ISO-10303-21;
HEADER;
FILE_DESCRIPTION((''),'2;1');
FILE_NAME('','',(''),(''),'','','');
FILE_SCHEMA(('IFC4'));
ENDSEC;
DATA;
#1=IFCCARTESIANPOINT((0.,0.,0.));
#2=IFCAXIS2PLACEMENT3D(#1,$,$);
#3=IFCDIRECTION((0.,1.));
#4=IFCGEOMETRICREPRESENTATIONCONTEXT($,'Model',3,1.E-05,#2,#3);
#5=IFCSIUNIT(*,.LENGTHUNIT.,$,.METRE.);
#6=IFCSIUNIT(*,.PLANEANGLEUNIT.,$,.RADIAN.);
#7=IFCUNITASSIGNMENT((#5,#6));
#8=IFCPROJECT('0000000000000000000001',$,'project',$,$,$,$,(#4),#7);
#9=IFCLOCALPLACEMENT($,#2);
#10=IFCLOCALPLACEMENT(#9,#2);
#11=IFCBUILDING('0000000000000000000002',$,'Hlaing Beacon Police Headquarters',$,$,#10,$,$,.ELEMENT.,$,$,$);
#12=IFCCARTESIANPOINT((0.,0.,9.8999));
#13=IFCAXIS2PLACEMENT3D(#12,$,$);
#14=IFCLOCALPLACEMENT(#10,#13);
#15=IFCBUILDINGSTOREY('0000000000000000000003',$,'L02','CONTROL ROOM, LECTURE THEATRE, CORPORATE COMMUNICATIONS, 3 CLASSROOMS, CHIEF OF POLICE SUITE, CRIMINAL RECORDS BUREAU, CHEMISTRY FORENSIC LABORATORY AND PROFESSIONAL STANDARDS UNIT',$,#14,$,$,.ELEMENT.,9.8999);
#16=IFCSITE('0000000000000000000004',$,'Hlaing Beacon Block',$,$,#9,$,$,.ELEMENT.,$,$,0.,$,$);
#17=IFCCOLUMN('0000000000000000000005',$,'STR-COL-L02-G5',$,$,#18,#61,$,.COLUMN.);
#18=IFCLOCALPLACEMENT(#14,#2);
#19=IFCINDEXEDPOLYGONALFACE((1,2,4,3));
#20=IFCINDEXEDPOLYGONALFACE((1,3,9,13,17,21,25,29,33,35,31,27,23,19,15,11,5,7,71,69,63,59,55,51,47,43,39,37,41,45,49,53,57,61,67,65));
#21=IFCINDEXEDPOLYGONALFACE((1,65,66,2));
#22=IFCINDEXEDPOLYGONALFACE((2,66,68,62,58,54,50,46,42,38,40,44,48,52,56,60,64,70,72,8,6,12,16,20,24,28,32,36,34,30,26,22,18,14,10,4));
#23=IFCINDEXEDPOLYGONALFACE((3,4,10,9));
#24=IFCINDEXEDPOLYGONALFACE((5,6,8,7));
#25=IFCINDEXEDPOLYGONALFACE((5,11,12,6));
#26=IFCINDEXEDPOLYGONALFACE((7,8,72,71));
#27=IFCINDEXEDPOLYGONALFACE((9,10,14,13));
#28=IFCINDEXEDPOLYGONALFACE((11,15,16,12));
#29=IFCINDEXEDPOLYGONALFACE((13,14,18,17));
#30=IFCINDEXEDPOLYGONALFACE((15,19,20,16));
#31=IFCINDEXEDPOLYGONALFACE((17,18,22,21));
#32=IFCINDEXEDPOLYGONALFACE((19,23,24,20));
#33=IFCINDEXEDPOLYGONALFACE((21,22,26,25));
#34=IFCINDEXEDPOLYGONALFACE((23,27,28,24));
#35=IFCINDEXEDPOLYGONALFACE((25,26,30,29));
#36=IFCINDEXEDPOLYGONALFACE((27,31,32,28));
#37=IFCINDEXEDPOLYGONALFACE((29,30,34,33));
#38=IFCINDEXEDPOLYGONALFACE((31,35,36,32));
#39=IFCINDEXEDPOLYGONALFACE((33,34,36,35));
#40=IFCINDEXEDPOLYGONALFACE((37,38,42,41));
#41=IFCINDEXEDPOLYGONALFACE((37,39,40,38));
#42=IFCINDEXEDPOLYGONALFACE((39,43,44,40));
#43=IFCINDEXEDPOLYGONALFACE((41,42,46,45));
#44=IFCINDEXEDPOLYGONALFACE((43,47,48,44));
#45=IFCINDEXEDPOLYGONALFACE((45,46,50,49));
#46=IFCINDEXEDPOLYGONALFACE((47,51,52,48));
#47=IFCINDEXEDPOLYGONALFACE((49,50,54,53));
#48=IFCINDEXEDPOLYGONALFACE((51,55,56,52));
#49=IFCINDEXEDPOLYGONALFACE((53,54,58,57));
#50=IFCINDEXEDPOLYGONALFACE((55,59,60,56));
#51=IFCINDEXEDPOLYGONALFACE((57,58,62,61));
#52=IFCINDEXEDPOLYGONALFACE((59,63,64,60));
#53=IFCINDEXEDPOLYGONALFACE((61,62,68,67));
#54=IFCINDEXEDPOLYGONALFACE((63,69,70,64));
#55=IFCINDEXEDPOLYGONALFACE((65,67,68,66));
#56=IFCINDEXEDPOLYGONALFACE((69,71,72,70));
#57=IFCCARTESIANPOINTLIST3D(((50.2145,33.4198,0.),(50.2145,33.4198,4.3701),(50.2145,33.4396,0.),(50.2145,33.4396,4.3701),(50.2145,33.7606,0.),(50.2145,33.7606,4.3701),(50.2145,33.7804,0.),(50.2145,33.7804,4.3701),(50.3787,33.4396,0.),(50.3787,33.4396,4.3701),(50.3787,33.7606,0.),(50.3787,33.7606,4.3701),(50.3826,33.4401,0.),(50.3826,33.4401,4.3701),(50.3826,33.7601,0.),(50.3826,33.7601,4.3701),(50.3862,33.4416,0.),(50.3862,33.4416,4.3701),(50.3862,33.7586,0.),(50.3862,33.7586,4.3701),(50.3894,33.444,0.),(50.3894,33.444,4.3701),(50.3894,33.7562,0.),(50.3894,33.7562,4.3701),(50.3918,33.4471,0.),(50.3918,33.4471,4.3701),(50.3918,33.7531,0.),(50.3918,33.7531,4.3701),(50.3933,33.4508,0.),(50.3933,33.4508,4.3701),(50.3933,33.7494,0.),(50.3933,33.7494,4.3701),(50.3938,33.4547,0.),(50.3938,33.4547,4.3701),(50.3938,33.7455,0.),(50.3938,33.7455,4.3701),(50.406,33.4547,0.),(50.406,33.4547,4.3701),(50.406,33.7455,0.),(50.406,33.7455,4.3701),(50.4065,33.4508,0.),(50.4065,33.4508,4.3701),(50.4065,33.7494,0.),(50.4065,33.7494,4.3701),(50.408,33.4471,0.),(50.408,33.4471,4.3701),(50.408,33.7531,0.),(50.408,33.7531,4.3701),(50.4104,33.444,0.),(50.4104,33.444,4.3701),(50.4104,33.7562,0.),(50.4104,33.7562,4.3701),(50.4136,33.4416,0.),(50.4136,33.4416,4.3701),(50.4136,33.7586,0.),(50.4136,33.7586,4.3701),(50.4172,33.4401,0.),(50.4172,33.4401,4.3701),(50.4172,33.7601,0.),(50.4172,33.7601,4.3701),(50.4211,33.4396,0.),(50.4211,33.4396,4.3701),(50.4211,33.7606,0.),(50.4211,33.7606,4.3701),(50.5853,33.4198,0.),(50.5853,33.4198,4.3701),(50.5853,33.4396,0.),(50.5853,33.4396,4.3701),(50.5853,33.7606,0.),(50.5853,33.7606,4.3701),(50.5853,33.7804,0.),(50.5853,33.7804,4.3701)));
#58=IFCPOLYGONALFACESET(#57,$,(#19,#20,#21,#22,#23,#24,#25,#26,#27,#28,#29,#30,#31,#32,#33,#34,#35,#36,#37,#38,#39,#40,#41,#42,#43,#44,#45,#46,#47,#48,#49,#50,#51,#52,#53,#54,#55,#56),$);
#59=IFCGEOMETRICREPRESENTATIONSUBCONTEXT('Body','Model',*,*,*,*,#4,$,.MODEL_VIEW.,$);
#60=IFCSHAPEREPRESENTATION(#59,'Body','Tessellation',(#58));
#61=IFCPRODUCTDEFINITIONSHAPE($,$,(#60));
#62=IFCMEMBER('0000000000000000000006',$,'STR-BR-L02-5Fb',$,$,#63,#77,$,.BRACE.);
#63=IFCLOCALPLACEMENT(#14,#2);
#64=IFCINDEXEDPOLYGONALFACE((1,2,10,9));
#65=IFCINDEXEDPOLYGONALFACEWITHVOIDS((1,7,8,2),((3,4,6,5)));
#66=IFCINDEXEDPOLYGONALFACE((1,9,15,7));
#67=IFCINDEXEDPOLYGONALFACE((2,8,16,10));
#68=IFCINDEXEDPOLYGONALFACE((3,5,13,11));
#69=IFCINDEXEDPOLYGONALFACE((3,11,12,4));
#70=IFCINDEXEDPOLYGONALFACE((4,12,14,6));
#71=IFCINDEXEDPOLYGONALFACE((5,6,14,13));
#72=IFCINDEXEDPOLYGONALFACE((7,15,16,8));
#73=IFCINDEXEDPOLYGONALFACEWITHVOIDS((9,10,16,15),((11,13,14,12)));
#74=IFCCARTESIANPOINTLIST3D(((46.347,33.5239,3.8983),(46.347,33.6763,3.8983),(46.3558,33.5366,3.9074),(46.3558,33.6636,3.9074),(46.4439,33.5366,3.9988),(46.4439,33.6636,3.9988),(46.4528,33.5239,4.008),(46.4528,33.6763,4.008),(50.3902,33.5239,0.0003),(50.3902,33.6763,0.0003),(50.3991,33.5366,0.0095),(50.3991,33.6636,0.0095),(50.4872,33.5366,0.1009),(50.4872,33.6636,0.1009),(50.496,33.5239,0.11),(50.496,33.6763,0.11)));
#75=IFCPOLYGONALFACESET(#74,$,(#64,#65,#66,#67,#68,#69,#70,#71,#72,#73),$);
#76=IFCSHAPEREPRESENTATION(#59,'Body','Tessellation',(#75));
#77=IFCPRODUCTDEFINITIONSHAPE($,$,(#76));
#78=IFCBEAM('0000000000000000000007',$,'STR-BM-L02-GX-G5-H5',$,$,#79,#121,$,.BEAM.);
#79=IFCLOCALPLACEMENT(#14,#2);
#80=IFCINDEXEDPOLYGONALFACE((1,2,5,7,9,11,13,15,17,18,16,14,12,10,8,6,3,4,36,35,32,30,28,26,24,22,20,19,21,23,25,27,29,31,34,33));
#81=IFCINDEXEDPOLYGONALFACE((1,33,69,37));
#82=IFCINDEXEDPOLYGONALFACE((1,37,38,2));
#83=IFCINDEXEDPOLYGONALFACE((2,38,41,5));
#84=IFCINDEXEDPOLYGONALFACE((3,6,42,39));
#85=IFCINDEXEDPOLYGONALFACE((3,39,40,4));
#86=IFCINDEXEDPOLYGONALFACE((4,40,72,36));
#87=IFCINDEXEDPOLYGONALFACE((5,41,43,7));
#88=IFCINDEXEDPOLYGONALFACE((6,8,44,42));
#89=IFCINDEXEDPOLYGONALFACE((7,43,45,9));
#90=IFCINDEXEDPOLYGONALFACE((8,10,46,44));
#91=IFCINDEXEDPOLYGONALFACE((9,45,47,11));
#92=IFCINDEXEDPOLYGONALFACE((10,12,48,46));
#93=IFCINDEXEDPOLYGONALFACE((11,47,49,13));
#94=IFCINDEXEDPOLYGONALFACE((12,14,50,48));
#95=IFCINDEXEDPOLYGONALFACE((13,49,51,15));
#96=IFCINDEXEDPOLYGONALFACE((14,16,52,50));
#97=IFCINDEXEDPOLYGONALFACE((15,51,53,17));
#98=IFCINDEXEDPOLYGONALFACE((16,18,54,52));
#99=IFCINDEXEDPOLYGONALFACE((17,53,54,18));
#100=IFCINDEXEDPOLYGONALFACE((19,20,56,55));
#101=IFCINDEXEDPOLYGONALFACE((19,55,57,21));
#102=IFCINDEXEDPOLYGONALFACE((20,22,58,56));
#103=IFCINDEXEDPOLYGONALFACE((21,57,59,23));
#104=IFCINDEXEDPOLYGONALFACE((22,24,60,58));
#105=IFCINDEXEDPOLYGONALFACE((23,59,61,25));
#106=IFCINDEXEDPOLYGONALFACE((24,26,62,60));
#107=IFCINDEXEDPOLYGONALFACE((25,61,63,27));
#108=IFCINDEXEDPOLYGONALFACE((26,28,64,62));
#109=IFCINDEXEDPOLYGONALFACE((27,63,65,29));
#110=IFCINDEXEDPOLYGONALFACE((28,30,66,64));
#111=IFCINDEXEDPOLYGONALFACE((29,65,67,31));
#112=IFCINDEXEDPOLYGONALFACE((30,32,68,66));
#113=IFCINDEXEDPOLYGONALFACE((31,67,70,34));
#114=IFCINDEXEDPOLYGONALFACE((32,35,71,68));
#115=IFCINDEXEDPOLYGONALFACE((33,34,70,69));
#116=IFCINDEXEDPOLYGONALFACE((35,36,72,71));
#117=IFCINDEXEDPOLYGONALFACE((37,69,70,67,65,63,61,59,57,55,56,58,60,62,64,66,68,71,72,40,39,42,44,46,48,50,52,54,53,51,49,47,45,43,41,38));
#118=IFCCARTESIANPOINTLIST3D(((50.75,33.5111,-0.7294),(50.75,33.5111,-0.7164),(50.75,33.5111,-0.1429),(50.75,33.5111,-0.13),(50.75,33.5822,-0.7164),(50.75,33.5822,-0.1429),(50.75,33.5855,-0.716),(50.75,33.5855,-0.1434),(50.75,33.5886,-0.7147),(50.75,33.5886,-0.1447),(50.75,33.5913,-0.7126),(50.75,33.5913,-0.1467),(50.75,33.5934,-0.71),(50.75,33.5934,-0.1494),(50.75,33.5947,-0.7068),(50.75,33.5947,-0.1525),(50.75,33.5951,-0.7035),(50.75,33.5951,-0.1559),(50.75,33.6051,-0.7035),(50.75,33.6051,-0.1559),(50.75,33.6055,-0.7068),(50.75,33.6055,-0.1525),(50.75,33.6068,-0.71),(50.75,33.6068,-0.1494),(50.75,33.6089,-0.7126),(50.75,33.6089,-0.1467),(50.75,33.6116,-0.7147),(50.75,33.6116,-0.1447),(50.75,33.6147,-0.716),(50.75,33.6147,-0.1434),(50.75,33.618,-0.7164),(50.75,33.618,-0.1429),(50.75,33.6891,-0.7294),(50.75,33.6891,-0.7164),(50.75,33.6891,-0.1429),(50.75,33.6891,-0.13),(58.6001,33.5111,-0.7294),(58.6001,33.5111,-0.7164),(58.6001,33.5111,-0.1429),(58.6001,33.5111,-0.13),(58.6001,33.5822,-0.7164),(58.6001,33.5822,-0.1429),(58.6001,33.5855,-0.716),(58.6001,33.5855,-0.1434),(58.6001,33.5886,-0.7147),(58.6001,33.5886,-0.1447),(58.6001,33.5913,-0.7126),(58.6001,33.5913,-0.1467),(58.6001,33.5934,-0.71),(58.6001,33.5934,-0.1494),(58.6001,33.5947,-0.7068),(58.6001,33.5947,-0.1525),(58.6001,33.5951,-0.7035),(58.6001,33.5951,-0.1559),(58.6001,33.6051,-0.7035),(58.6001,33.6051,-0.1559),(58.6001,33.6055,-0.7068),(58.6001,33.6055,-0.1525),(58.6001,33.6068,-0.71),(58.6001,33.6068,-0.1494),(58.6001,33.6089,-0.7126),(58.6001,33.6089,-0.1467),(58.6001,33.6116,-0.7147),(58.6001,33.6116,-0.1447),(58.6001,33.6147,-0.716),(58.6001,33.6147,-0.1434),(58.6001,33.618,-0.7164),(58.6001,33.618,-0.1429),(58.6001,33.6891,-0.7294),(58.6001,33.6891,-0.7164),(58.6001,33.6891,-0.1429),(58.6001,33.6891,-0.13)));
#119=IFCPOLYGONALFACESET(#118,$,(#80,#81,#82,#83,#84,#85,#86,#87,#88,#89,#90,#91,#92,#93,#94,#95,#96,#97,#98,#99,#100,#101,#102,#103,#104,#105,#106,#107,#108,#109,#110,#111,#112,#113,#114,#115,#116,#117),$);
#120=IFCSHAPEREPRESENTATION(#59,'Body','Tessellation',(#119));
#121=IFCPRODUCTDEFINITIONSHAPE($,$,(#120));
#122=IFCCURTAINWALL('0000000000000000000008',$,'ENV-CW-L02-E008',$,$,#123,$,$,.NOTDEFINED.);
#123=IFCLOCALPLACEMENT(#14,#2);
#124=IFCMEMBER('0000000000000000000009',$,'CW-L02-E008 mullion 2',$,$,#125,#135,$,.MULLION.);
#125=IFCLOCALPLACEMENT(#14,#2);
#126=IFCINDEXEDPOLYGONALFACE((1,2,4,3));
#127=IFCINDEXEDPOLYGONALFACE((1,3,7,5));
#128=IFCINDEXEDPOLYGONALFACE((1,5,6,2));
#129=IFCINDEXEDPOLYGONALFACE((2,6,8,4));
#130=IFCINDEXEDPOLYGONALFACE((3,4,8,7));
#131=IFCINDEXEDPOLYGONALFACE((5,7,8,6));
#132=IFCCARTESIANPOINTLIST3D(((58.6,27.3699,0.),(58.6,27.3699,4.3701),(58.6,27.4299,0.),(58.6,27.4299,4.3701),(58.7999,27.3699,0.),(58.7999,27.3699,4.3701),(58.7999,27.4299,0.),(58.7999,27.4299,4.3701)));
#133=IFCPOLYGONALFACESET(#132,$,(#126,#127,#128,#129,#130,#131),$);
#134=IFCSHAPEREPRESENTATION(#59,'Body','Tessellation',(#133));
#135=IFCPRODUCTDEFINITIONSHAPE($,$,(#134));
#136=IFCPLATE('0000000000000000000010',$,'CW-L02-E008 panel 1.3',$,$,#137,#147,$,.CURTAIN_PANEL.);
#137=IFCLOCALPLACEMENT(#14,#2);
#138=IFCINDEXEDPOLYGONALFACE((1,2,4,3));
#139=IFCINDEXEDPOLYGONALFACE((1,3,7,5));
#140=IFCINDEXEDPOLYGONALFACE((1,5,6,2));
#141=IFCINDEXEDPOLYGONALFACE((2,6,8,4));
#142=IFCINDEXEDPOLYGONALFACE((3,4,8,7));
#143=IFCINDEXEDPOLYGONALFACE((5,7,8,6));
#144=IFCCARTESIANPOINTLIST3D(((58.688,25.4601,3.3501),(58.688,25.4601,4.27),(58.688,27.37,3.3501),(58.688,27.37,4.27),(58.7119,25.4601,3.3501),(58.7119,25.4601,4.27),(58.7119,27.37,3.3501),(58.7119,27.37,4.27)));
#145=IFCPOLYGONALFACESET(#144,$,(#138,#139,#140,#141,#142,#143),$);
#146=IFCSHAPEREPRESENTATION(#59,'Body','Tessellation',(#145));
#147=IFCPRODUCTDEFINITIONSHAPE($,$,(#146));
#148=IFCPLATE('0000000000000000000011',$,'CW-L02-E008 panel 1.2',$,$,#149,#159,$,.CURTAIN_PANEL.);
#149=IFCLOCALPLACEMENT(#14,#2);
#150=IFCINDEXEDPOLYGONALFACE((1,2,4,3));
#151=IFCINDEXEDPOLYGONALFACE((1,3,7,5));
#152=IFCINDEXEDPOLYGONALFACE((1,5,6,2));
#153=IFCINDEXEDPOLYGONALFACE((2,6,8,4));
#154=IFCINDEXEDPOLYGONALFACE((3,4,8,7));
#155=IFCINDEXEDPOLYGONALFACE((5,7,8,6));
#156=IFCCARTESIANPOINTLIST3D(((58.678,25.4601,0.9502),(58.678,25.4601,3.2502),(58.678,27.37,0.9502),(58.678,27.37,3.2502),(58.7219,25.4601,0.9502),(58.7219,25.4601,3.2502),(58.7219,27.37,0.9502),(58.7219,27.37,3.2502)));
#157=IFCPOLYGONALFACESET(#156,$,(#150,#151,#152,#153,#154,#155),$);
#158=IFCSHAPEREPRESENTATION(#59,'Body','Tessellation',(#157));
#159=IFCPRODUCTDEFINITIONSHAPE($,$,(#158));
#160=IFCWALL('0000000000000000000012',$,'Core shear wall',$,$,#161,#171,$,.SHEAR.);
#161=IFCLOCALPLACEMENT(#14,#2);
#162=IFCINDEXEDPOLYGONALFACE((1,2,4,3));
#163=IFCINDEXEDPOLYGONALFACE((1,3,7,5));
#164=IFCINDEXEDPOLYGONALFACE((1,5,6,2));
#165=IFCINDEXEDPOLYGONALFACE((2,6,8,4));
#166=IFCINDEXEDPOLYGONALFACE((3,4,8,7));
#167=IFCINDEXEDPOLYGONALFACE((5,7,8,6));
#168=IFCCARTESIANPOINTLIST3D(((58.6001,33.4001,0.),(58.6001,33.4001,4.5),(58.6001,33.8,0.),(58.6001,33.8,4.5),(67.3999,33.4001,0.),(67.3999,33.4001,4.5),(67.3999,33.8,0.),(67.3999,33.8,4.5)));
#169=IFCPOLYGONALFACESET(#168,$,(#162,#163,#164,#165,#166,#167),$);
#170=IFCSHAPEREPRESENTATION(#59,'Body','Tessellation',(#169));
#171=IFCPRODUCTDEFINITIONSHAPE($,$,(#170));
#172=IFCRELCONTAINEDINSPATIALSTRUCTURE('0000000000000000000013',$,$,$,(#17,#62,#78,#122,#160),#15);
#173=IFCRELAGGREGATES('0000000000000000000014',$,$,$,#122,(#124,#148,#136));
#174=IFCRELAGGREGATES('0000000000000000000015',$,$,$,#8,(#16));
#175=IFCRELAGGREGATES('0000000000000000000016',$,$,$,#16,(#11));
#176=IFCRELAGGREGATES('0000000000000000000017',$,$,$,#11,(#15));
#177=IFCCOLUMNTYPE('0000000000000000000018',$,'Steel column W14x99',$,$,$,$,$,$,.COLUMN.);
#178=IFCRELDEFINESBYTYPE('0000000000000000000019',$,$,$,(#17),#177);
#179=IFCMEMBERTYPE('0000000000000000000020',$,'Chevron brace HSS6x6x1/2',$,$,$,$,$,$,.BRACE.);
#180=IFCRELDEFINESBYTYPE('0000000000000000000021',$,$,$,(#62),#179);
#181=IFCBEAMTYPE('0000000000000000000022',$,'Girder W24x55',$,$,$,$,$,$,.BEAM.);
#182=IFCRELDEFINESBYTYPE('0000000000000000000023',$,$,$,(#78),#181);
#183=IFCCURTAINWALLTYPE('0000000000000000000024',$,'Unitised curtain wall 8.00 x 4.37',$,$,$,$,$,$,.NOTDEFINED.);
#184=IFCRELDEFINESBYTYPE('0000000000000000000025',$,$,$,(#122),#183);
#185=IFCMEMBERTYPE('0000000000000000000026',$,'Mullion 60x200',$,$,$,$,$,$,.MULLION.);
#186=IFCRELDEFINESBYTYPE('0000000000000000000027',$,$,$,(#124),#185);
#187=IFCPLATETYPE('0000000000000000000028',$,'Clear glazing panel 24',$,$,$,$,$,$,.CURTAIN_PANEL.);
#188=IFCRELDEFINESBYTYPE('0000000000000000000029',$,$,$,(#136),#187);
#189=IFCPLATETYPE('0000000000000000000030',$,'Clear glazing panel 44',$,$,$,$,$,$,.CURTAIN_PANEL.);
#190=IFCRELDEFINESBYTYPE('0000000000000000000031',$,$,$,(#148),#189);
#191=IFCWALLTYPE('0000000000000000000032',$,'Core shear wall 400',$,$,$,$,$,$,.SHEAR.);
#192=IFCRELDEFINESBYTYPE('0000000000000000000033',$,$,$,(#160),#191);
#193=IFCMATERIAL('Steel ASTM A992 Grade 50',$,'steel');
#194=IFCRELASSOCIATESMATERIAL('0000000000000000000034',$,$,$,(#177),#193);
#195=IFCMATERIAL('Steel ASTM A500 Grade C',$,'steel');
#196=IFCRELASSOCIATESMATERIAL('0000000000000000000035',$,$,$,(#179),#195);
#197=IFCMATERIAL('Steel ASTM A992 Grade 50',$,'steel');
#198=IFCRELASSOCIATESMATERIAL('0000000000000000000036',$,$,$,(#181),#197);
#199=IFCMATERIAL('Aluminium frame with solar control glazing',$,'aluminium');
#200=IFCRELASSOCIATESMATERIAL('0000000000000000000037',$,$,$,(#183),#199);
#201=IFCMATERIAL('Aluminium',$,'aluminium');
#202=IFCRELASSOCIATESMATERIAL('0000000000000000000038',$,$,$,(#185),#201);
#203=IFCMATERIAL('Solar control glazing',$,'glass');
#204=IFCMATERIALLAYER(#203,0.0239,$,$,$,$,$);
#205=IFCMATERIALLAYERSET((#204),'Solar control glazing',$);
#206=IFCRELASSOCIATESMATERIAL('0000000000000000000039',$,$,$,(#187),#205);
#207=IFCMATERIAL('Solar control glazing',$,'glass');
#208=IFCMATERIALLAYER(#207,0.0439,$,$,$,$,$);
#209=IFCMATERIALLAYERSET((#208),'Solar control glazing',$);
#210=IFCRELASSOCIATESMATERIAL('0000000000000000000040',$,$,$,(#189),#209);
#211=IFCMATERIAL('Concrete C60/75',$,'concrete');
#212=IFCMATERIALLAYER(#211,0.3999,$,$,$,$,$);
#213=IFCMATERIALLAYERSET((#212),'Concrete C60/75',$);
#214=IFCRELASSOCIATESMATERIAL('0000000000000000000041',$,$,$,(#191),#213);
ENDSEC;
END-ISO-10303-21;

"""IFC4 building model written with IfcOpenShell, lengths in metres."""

from ifc_helpers import new_model, si_unit, direction, frame, frame_2d, origin, origin_2d, place, context, subcontext, project, spatial, rectangle, hollow_rectangle, i_section, extrude, material, layer, layer_set, material_profile, profile_set, type_object, element, aggregate, save


model = new_model("IFC4")

# Units and contexts
model_context = context("Model", 3, precision=1e-05, world=origin(), true_north=direction((0.0, 1.0)))
body_context = subcontext(model_context, "Body", "Model", "MODEL_VIEW")
ifc_project = project(units=[si_unit("LENGTHUNIT", "METRE"), si_unit("PLANEANGLEUNIT", "RADIAN")], contexts=[model_context])

# Site, building, storey
site_placement = place(None, origin())
site = spatial("IfcSite", under=ifc_project, at=site_placement, Name="Hlaing Beacon Block", CompositionType="ELEMENT", RefElevation=0.0)
building_placement = place(site_placement, origin())
building = spatial("IfcBuilding", under=site, at=building_placement, Name="Hlaing Beacon Police Headquarters", CompositionType="ELEMENT")
storey_placement = place(building_placement, frame((0.0, 0.0, 9.8999)))
storey = spatial("IfcBuildingStorey", under=building, at=storey_placement, Name="L02", Description="CONTROL ROOM, LECTURE THEATRE, CORPORATE COMMUNICATIONS, 3 CLASSROOMS, CHIEF OF POLICE SUITE, CRIMINAL RECORDS BUREAU, CHEMISTRY FORENSIC LABORATORY AND PROFESSIONAL STANDARDS UNIT", CompositionType="ELEMENT", Elevation=9.8999)

# Column
ifc_material_1 = material(Name="Steel ASTM A992 Grade 50", Category="steel")
ifc_material_profile_1 = material_profile(ifc_material_1, i_section(OverallWidth=0.3708, OverallDepth=0.3606, WebThickness=0.0122, FlangeThickness=0.0198, FilletRadius=0.0151, at=origin_2d()), Name="W14x99")
ifc_profile_set_1 = profile_set([ifc_material_profile_1], Name="Steel ASTM A992 Grade 50")
column_type = type_object("IfcColumnType", Name="Steel column W14x99", PredefinedType="COLUMN", material=ifc_profile_set_1)
column_placement = place(storey_placement, frame((50.3999, 33.6001, 0.0), z_axis=(0.0, 0.0, 1.0), x_axis=(1.0, 0.0, 0.0)))
element("IfcColumn", 1, at=column_placement, inside=storey, type_object=column_type, Name="STR-COL-L02-G5", PredefinedType="COLUMN", context=body_context, shape_type="SweptSolid", body=[
    extrude(i_section(OverallWidth=0.3708, OverallDepth=0.3606, WebThickness=0.0122, FlangeThickness=0.0198, FilletRadius=0.0151, at=origin_2d()), origin(), (0.0, 0.0, 1.0), 4.3701),
])

# Member
ifc_material_2 = material(Name="Steel ASTM A500 Grade C", Category="steel")
ifc_material_profile_2 = material_profile(ifc_material_2, hollow_rectangle(XDim=0.1523, YDim=0.1523, WallThickness=0.0127, at=origin_2d()), Name="HSS6x6x1/2")
ifc_profile_set_2 = profile_set([ifc_material_profile_2], Name="Steel ASTM A500 Grade C")
member_type_1 = type_object("IfcMemberType", Name="Chevron brace HSS6x6x1/2", PredefinedType="BRACE", material=ifc_profile_set_2)
member_1_placement = place(storey_placement, frame((50.4431, 33.6001, 0.0552), z_axis=(-0.719921, 0.0, 0.694056), x_axis=(0.0, -1.0, 0.0)))
element("IfcMember", 2, at=member_1_placement, inside=storey, type_object=member_type_1, Name="STR-BR-L02-5Fb", PredefinedType="BRACE", context=body_context, shape_type="SweptSolid", body=[
    extrude(hollow_rectangle(XDim=0.1523, YDim=0.1523, WallThickness=0.0127, at=origin_2d()), origin(), (0.0, 0.0, 1.0), 5.6162),
])

# Beam
ifc_material_3 = material(Name="Steel ASTM A992 Grade 50", Category="steel")
ifc_material_profile_3 = material_profile(ifc_material_3, i_section(OverallWidth=0.178, OverallDepth=0.5994, WebThickness=0.01, FlangeThickness=0.0129, FilletRadius=0.0129, at=origin_2d()), Name="W24x55")
ifc_profile_set_3 = profile_set([ifc_material_profile_3], Name="Steel ASTM A992 Grade 50")
beam_type = type_object("IfcBeamType", Name="Girder W24x55", PredefinedType="BEAM", material=ifc_profile_set_3)
beam_placement = place(storey_placement, frame((50.75, 33.6001, -0.4297), z_axis=(1.0, 0.0, 0.0), x_axis=(0.0, 1.0, 0.0)))
element("IfcBeam", 3, at=beam_placement, inside=storey, type_object=beam_type, Name="STR-BM-L02-GX-G5-H5", PredefinedType="BEAM", context=body_context, shape_type="SweptSolid", body=[
    extrude(i_section(OverallWidth=0.178, OverallDepth=0.5994, WebThickness=0.01, FlangeThickness=0.0129, FilletRadius=0.0129, at=origin_2d()), origin(), (0.0, 0.0, 1.0), 7.8501),
])

# Curtain wall, member, plates
ifc_material_4 = material(Name="Aluminium frame with solar control glazing", Category="aluminium")
curtain_wall_type = type_object("IfcCurtainWallType", Name="Unitised curtain wall 8.00 x 4.37", PredefinedType="NOTDEFINED", material=ifc_material_4)
curtain_wall_placement = place(storey_placement, origin())
curtain_wall = element("IfcCurtainWall", 4, at=curtain_wall_placement, inside=storey, type_object=curtain_wall_type, Name="ENV-CW-L02-E008", PredefinedType="NOTDEFINED")
ifc_material_5 = material(Name="Aluminium", Category="aluminium")
ifc_material_profile_4 = material_profile(ifc_material_5, rectangle(XDim=0.2, YDim=0.0601, at=origin_2d()), Name="Mullion 60x200")
ifc_profile_set_4 = profile_set([ifc_material_profile_4], Name="Aluminium")
member_type_2 = type_object("IfcMemberType", Name="Mullion 60x200", PredefinedType="MULLION", material=ifc_profile_set_4)
member_2_placement = place(storey_placement, frame((58.7, 27.3999, 0.0), z_axis=(0.0, 0.0, 1.0), x_axis=(-1.0, 0.0, 0.0)))
member_2 = element("IfcMember", 5, at=member_2_placement, type_object=member_type_2, Name="CW-L02-E008 mullion 2", PredefinedType="MULLION", context=body_context, shape_type="SweptSolid", body=[
    extrude(rectangle(XDim=0.2, YDim=0.0601, at=origin_2d()), origin(), (0.0, 0.0, 1.0), 4.3701),
])
ifc_material_6 = material(Name="Solar control glazing", Category="glass")
ifc_layer_1 = layer(ifc_material_6, 0.0239)
ifc_layer_set_1 = layer_set([ifc_layer_1], Name="Solar control glazing")
plate_type_1 = type_object("IfcPlateType", Name="Clear glazing panel 24", PredefinedType="CURTAIN_PANEL", material=ifc_layer_set_1)
plate_1_placement = place(storey_placement, frame((58.7, 26.415, 3.3501), z_axis=(0.0, 0.0, 1.0), x_axis=(0.0, 1.0, 0.0)))
plate_1 = element("IfcPlate", 6, at=plate_1_placement, type_object=plate_type_1, Name="CW-L02-E008 panel 1.3", PredefinedType="CURTAIN_PANEL", context=body_context, shape_type="SweptSolid", body=[
    extrude(rectangle(XDim=1.9099, YDim=0.0239, at=origin_2d()), origin(), (0.0, 0.0, 1.0), 0.9199),
])
ifc_material_7 = material(Name="Solar control glazing", Category="glass")
ifc_layer_2 = layer(ifc_material_7, 0.0439)
ifc_layer_set_2 = layer_set([ifc_layer_2], Name="Solar control glazing")
plate_type_2 = type_object("IfcPlateType", Name="Clear glazing panel 44", PredefinedType="CURTAIN_PANEL", material=ifc_layer_set_2)
plate_2_placement = place(storey_placement, frame((58.7, 26.415, 0.9502), z_axis=(0.0, 0.0, 1.0), x_axis=(0.0, 1.0, 0.0)))
plate_2 = element("IfcPlate", 7, at=plate_2_placement, type_object=plate_type_2, Name="CW-L02-E008 panel 1.2", PredefinedType="CURTAIN_PANEL", context=body_context, shape_type="SweptSolid", body=[
    extrude(rectangle(XDim=1.9099, YDim=0.0439, at=origin_2d()), origin(), (0.0, 0.0, 1.0), 2.3),
])
aggregate(curtain_wall, [member_2, plate_2, plate_1])

# Wall
ifc_material_8 = material(Name="Concrete C60/75", Category="concrete")
ifc_layer_3 = layer(ifc_material_8, 0.3999)
ifc_layer_set_3 = layer_set([ifc_layer_3], Name="Concrete C60/75")
wall_type_1 = type_object("IfcWallType", Name="Core shear wall 400", PredefinedType="SHEAR", material=ifc_layer_set_3)
wall_1_placement = place(storey_placement, frame((58.6001, 33.6001, 0.0), z_axis=(0.0, 0.0, 1.0), x_axis=(1.0, 0.0, 0.0)))
element("IfcWall", 8, at=wall_1_placement, inside=storey, type_object=wall_type_1, Name="Core shear wall", PredefinedType="SHEAR", context=body_context, shape_type="SweptSolid", body=[
    extrude(rectangle(XDim=8.7998, YDim=0.3999, at=frame_2d((4.3999, 0.0))), origin(), (0.0, 0.0, 1.0), 4.5),
])

save(model, "model.ifc")
